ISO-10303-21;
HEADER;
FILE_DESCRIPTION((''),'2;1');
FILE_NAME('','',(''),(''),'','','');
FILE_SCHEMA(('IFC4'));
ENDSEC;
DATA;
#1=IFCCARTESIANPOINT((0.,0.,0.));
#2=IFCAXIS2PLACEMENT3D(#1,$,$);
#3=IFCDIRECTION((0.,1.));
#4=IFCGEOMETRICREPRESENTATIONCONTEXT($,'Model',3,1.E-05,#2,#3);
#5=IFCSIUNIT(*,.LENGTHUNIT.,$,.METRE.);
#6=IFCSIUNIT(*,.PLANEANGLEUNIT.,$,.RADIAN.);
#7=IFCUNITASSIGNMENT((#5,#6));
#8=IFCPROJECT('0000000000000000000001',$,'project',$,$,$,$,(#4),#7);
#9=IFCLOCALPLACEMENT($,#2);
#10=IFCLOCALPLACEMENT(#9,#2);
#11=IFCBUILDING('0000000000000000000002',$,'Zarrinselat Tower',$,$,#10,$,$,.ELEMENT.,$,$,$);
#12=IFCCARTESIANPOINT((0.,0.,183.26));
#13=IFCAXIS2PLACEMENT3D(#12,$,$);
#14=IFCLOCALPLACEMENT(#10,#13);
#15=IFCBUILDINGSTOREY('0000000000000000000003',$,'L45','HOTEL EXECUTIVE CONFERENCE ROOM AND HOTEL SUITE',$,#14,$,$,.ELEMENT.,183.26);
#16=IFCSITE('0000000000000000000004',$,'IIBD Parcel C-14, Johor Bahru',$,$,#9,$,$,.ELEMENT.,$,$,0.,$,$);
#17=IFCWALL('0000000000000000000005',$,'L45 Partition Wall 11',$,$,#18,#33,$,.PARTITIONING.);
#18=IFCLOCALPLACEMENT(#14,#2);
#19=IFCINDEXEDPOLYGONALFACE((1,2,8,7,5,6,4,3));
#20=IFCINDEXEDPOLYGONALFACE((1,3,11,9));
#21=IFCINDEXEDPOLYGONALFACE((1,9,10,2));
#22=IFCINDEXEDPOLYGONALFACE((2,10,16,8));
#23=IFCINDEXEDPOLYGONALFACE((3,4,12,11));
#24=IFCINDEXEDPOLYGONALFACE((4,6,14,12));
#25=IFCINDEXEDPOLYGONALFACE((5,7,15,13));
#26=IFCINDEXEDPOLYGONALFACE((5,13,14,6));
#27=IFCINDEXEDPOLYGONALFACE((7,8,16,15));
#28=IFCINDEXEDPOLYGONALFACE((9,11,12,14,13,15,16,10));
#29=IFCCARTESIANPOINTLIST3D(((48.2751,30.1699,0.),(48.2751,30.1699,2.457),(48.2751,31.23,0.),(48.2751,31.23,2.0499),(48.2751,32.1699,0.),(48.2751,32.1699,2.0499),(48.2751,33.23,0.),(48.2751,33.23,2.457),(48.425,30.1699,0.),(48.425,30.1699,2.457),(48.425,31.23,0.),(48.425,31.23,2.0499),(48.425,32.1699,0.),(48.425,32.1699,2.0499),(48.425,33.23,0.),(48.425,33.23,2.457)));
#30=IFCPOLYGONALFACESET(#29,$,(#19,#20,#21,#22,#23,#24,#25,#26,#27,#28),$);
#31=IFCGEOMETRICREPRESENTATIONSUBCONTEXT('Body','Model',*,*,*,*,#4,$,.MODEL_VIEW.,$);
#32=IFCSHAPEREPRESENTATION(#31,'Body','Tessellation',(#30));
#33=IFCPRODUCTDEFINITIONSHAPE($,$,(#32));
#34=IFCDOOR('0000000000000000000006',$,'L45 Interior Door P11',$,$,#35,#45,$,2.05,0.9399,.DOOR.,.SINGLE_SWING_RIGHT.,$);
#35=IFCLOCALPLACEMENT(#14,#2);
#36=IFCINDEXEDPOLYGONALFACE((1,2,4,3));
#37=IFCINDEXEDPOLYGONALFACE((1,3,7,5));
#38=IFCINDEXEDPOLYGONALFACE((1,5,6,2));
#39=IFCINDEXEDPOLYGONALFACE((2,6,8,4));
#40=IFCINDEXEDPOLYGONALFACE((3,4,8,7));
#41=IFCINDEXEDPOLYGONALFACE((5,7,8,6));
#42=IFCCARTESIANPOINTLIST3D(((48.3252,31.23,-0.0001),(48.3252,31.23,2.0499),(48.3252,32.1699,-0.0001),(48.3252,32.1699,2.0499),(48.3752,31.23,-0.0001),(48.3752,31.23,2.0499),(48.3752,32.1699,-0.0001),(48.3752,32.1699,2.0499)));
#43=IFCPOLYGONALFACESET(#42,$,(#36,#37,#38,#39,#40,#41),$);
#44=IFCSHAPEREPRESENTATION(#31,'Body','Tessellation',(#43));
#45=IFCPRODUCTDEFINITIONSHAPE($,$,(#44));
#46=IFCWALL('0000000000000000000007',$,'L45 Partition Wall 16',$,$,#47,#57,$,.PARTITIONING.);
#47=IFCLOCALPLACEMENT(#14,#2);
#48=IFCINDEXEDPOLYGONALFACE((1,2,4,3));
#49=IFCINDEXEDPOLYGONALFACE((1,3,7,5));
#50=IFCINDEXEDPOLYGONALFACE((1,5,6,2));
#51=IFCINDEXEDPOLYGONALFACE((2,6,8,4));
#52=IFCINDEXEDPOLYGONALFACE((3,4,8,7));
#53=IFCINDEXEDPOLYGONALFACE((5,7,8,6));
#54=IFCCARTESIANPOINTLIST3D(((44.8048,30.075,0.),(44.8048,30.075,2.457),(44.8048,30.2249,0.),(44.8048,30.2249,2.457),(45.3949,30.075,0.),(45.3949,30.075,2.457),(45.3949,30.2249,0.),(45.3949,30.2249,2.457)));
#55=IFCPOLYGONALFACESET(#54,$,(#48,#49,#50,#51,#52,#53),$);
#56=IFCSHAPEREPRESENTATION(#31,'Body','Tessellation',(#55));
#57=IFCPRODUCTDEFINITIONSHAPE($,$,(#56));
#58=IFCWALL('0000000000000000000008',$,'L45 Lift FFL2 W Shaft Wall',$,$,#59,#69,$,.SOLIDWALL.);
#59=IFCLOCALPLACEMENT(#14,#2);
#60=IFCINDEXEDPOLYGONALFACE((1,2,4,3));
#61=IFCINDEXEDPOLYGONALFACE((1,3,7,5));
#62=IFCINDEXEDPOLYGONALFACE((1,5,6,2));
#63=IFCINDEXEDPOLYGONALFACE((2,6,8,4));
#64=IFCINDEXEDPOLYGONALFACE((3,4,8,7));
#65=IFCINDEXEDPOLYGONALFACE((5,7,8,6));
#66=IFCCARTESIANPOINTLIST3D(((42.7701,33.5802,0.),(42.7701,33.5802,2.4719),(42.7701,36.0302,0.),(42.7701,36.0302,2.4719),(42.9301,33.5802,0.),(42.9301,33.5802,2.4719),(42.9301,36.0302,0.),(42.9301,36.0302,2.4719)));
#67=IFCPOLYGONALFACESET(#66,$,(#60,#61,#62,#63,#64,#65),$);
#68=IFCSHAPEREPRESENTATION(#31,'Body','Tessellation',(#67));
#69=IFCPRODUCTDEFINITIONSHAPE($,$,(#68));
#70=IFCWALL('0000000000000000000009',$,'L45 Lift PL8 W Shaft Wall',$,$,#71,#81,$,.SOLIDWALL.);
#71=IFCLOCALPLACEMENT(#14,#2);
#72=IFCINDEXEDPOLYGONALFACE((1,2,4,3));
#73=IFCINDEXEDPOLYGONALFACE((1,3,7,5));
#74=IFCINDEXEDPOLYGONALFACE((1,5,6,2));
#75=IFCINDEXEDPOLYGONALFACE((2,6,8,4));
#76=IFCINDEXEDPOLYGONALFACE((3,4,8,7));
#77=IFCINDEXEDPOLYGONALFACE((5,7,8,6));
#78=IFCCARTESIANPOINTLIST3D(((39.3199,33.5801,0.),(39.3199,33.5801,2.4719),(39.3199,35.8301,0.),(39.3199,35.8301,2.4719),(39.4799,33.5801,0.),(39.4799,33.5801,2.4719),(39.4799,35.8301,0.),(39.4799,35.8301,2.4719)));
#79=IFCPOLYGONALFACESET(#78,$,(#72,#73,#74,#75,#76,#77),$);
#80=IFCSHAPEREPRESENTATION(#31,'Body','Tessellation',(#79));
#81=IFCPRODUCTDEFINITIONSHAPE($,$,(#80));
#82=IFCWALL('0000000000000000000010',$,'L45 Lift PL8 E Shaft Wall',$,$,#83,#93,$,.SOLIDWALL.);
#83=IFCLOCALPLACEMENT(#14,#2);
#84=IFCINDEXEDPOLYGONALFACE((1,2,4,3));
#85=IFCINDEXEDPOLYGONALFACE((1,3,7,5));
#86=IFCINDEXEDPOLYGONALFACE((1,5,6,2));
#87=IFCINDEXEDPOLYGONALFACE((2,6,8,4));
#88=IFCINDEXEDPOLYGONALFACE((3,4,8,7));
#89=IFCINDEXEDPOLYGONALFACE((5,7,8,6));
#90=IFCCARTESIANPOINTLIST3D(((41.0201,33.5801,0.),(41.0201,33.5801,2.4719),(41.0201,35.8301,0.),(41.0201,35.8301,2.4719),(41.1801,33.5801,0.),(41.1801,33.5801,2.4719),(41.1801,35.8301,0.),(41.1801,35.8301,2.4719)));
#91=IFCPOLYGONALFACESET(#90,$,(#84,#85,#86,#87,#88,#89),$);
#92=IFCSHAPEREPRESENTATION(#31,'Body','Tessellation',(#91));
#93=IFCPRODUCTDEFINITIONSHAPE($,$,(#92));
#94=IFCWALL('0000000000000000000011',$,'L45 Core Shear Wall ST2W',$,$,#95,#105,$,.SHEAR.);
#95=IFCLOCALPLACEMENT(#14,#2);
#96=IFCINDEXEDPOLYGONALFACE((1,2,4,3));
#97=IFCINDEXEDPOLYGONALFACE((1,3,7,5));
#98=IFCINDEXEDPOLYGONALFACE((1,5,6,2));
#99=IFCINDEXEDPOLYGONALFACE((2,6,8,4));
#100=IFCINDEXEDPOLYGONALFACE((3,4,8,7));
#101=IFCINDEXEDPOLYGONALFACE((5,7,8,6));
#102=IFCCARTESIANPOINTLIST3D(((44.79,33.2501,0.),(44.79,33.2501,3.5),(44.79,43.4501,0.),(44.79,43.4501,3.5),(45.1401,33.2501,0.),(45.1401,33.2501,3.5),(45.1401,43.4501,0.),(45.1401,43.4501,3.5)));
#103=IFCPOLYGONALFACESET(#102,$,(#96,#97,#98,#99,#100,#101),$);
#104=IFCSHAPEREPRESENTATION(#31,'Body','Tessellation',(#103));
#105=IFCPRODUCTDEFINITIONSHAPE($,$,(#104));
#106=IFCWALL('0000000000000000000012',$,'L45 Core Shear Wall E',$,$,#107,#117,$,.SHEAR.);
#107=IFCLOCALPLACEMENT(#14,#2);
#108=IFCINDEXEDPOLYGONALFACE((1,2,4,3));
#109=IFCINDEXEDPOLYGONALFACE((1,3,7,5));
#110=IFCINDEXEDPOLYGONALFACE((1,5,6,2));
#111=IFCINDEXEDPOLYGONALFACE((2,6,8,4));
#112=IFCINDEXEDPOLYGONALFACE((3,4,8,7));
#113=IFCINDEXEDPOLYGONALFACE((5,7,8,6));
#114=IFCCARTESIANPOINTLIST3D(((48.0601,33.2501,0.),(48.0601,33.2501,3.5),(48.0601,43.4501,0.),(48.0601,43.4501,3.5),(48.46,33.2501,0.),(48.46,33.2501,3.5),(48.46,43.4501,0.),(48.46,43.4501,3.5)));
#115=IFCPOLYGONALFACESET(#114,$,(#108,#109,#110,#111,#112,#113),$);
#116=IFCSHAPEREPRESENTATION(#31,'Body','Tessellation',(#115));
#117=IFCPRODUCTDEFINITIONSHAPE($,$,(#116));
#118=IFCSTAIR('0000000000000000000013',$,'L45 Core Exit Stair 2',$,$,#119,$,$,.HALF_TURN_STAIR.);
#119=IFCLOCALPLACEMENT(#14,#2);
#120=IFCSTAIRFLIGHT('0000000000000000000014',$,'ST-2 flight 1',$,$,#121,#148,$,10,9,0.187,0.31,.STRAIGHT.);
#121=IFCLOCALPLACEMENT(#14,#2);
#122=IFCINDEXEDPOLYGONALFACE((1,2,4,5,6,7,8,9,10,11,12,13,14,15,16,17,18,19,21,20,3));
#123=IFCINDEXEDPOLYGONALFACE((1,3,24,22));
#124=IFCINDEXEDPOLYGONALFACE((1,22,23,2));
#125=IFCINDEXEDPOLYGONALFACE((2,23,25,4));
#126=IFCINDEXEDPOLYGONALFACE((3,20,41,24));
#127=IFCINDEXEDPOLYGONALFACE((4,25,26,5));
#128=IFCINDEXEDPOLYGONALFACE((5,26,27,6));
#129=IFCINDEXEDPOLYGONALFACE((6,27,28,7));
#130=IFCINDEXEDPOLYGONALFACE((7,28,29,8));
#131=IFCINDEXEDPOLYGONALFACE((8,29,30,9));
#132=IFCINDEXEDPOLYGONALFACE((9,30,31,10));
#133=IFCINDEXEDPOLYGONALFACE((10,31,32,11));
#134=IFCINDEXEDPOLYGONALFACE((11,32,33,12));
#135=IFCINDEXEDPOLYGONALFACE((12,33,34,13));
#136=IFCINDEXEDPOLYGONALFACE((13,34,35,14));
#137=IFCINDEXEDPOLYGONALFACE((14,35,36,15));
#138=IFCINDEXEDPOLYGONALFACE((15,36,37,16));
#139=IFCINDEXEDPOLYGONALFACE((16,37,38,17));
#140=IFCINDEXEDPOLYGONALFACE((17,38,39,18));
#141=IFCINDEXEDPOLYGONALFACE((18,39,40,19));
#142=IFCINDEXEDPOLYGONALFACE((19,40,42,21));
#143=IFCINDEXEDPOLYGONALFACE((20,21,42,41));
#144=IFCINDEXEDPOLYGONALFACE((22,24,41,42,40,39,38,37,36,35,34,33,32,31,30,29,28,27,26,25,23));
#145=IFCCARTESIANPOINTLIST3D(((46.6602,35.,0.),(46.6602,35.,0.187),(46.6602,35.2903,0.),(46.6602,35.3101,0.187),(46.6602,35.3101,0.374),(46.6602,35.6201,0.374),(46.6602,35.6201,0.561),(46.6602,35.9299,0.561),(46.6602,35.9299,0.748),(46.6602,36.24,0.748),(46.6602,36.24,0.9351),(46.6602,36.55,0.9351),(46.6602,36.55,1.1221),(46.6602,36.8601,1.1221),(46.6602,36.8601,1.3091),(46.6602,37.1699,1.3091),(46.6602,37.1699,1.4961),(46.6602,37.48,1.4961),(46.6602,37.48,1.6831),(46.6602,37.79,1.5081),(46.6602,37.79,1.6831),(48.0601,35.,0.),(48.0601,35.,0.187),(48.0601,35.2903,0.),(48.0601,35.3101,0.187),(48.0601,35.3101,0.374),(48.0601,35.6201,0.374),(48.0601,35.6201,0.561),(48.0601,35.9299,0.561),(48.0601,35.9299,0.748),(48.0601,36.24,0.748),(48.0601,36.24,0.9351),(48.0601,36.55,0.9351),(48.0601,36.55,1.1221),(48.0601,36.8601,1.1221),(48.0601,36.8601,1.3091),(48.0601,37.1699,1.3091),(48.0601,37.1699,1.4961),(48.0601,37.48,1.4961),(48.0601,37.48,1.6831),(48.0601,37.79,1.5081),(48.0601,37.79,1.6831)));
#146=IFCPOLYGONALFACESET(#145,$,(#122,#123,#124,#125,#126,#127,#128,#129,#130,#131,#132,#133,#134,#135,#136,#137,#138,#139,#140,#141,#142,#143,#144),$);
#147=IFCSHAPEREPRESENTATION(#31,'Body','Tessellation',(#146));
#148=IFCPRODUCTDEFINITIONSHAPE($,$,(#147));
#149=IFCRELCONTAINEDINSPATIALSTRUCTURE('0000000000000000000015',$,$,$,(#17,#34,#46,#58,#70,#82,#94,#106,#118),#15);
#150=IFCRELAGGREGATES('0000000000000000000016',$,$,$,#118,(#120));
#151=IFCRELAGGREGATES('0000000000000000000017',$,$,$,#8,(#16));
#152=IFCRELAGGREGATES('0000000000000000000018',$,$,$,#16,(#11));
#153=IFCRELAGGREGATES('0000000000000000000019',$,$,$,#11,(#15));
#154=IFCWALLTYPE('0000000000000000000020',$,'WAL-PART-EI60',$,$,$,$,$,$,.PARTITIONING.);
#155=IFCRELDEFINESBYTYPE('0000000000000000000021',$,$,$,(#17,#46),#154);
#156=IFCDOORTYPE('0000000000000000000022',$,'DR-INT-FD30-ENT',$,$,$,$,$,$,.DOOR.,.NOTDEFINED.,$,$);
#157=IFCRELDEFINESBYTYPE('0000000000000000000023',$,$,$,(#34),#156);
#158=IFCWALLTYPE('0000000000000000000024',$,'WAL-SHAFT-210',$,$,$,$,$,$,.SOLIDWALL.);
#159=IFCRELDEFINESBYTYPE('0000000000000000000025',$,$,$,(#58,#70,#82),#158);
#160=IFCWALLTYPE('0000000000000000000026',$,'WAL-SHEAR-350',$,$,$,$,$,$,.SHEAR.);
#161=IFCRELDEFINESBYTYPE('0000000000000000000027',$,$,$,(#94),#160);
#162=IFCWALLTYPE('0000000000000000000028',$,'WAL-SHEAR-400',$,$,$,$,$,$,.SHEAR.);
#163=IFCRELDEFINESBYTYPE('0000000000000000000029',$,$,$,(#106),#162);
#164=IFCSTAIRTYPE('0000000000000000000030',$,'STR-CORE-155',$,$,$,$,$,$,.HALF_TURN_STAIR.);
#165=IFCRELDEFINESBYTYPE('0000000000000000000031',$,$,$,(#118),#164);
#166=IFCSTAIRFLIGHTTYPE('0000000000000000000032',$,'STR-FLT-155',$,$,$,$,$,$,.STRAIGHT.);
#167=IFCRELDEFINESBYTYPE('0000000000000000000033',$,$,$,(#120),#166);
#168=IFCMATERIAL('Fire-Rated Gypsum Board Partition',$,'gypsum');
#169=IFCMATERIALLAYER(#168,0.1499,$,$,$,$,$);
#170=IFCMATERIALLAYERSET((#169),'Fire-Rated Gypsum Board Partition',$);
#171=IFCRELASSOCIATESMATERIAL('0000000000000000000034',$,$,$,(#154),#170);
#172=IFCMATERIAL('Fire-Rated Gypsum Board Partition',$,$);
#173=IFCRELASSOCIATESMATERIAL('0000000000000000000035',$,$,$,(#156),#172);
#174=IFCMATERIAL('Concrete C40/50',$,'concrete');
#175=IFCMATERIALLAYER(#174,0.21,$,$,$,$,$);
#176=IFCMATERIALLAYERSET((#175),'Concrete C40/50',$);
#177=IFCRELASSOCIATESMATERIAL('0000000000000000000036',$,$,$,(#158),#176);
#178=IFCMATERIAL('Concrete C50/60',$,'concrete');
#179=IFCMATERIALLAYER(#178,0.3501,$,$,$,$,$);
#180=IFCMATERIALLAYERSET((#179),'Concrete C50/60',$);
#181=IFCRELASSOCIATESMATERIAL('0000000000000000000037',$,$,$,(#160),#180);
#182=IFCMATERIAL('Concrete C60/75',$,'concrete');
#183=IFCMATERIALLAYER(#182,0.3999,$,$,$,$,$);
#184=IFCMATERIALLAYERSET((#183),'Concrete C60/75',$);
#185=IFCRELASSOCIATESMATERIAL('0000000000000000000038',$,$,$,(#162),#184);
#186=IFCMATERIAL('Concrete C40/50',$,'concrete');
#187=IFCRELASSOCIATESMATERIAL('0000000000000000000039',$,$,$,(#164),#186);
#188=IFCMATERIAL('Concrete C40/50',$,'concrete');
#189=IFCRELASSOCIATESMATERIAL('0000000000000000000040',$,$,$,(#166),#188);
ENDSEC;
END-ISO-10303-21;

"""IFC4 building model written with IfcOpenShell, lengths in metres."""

from ifc_helpers import new_model, si_unit, direction, frame, frame_2d, origin, place, context, subcontext, project, spatial, polyline, rectangle, outline, extrude, material, layer, layer_set, type_object, element, fill, aggregate, save


model = new_model("IFC4")

# Units and contexts
model_context = context("Model", 3, precision=1e-05, world=origin(), true_north=direction((0.0, 1.0)))
body_context = subcontext(model_context, "Body", "Model", "MODEL_VIEW")
ifc_project = project(units=[si_unit("LENGTHUNIT", "METRE"), si_unit("PLANEANGLEUNIT", "RADIAN")], contexts=[model_context])

# Site, building, storey
site_placement = place(None, origin())
site = spatial("IfcSite", under=ifc_project, at=site_placement, Name="IIBD Parcel C-14, Johor Bahru", CompositionType="ELEMENT", RefElevation=0.0)
building_placement = place(site_placement, origin())
building = spatial("IfcBuilding", under=site, at=building_placement, Name="Zarrinselat Tower", CompositionType="ELEMENT")
storey_placement = place(building_placement, frame((0.0, 0.0, 183.26)))
storey = spatial("IfcBuildingStorey", under=building, at=storey_placement, Name="L45", Description="HOTEL EXECUTIVE CONFERENCE ROOM AND HOTEL SUITE", CompositionType="ELEMENT", Elevation=183.26)

# Wall, opening, door
ifc_material_1 = material(Name="Fire-Rated Gypsum Board Partition", Category="gypsum")
ifc_layer_1 = layer(ifc_material_1, 0.1499)
ifc_layer_set_1 = layer_set([ifc_layer_1], Name="Fire-Rated Gypsum Board Partition")
wall_type_1 = type_object("IfcWallType", Name="WAL-PART-EI60", PredefinedType="PARTITIONING", material=ifc_layer_set_1)
wall_1_placement = place(storey_placement, frame((48.3501, 30.1699, 0.0), z_axis=(0.0, 0.0, 1.0), x_axis=(0.0, 1.0, 0.0)))
wall_1 = element("IfcWall", 1, at=wall_1_placement, inside=storey, type_object=wall_type_1, Name="L45 Partition Wall 11", PredefinedType="PARTITIONING", context=body_context, shape_type="SweptSolid", body=[
    extrude(rectangle(XDim=3.0601, YDim=0.1499, at=frame_2d((1.53, 0.0))), origin(), (0.0, 0.0, 1.0), 2.457),
])
opening_1_placement = place(wall_1_placement, frame((1.0601, 0.0, 0.0)))
opening_1 = element("IfcOpeningElement", 2, at=opening_1_placement, cuts=wall_1, PredefinedType="OPENING", context=body_context, shape_type="SweptSolid", body=[
    extrude(rectangle(XDim=0.9399, YDim=2.05, at=frame_2d((0.47, 1.0249))), frame((0.0, 0.085, 0.0), z_axis=(0.0, -1.0, 0.0), x_axis=(1.0, 0.0, 0.0)), (0.0, 0.0, 1.0), 0.1699),
])
ifc_material_2 = material(Name="Fire-Rated Gypsum Board Partition")
door_type_1 = type_object("IfcDoorType", Name="DR-INT-FD30-ENT", OperationType="NOTDEFINED", PredefinedType="DOOR", material=ifc_material_2)
door_1_placement = place(opening_1_placement, origin())
door_1 = element("IfcDoor", 3, at=door_1_placement, inside=storey, type_object=door_type_1, Name="L45 Interior Door P11", OperationType="SINGLE_SWING_RIGHT", OverallHeight=2.05, OverallWidth=0.9399, PredefinedType="DOOR", context=body_context, shape_type="SweptSolid", body=[
    extrude(rectangle(XDim=0.9399, YDim=2.05, at=frame_2d((0.47, 1.0249))), frame((0.0, 0.0249, 0.0), z_axis=(0.0, -1.0, 0.0), x_axis=(1.0, 0.0, 0.0)), (0.0, 0.0, 1.0), 0.05),
])
fill(opening_1, door_1)

# Walls
wall_2_placement = place(storey_placement, frame((44.8049, 30.1499, 0.0), z_axis=(0.0, 0.0, 1.0), x_axis=(1.0, 0.0, 0.0)))
element("IfcWall", 4, at=wall_2_placement, inside=storey, type_object=wall_type_1, Name="L45 Partition Wall 16", PredefinedType="PARTITIONING", context=body_context, shape_type="SweptSolid", body=[
    extrude(rectangle(XDim=0.5901, YDim=0.1499, at=frame_2d((0.2949, 0.0))), origin(), (0.0, 0.0, 1.0), 2.457),
])
ifc_material_3 = material(Name="Concrete C40/50", Category="concrete")
ifc_layer_2 = layer(ifc_material_3, 0.21)
ifc_layer_set_2 = layer_set([ifc_layer_2], Name="Concrete C40/50")
wall_type_2 = type_object("IfcWallType", Name="WAL-SHAFT-210", PredefinedType="SOLIDWALL", material=ifc_layer_set_2)
wall_3_placement = place(storey_placement, frame((42.8501, 33.5801, 0.0), z_axis=(0.0, 0.0, 1.0), x_axis=(0.0, 1.0, 0.0)))
element("IfcWall", 5, at=wall_3_placement, inside=storey, type_object=wall_type_2, Name="L45 Lift FFL2 W Shaft Wall", PredefinedType="SOLIDWALL", context=body_context, shape_type="SweptSolid", body=[
    extrude(rectangle(XDim=2.45, YDim=0.1599, at=frame_2d((1.2251, 0.0))), origin(), (0.0, 0.0, 1.0), 2.4719),
])
for number, where, z_axis, x_axis, name in (
    (6, (39.3999, 33.5801, 0.0), (0.0, 0.0, 1.0), (0.0, 1.0, 0.0), "L45 Lift PL8 W Shaft Wall"),
    (7, (41.1001, 33.5801, 0.0), (0.0, 0.0, 1.0), (0.0, 1.0, 0.0), "L45 Lift PL8 E Shaft Wall"),
):
    element("IfcWall", number, at=place(storey_placement, frame(where, z_axis=z_axis, x_axis=x_axis)), inside=storey, type_object=wall_type_2, Name=name, PredefinedType="SOLIDWALL", context=body_context, shape_type="SweptSolid", body=[
        extrude(rectangle(XDim=2.25, YDim=0.1599, at=frame_2d((1.125, 0.0))), origin(), (0.0, 0.0, 1.0), 2.4719),
    ])
ifc_material_4 = material(Name="Concrete C50/60", Category="concrete")
ifc_layer_3 = layer(ifc_material_4, 0.3501)
ifc_layer_set_3 = layer_set([ifc_layer_3], Name="Concrete C50/60")
wall_type_3 = type_object("IfcWallType", Name="WAL-SHEAR-350", PredefinedType="SHEAR", material=ifc_layer_set_3)
wall_4_placement = place(storey_placement, frame((44.9651, 33.25, 0.0), z_axis=(0.0, 0.0, 1.0), x_axis=(0.0, 1.0, 0.0)))
element("IfcWall", 8, at=wall_4_placement, inside=storey, type_object=wall_type_3, Name="L45 Core Shear Wall ST2W", PredefinedType="SHEAR", context=body_context, shape_type="SweptSolid", body=[
    extrude(rectangle(XDim=10.2, YDim=0.3501, at=frame_2d((5.1001, 0.0))), origin(), (0.0, 0.0, 1.0), 3.5),
])
ifc_material_5 = material(Name="Concrete C60/75", Category="concrete")
ifc_layer_4 = layer(ifc_material_5, 0.3999)
ifc_layer_set_4 = layer_set([ifc_layer_4], Name="Concrete C60/75")
wall_type_4 = type_object("IfcWallType", Name="WAL-SHEAR-400", PredefinedType="SHEAR", material=ifc_layer_set_4)
wall_5_placement = place(storey_placement, frame((48.26, 33.25, 0.0), z_axis=(0.0, 0.0, 1.0), x_axis=(0.0, 1.0, 0.0)))
element("IfcWall", 9, at=wall_5_placement, inside=storey, type_object=wall_type_4, Name="L45 Core Shear Wall E", PredefinedType="SHEAR", context=body_context, shape_type="SweptSolid", body=[
    extrude(rectangle(XDim=10.2, YDim=0.3999, at=frame_2d((5.1001, 0.0))), origin(), (0.0, 0.0, 1.0), 3.5),
])

# Stair, stair flight
ifc_material_6 = material(Name="Concrete C40/50", Category="concrete")
stair_type = type_object("IfcStairType", Name="STR-CORE-155", PredefinedType="HALF_TURN_STAIR", material=ifc_material_6)
stair_placement = place(storey_placement, origin())
stair = element("IfcStair", 10, at=stair_placement, inside=storey, type_object=stair_type, Name="L45 Core Exit Stair 2", PredefinedType="HALF_TURN_STAIR")
ifc_material_7 = material(Name="Concrete C40/50", Category="concrete")
stair_flight_type = type_object("IfcStairFlightType", Name="STR-FLT-155", PredefinedType="STRAIGHT", material=ifc_material_7)
stair_flight_placement = place(storey_placement, frame((47.3601, 35.0, 0.0), z_axis=(0.0, 0.0, 1.0), x_axis=(0.0, 1.0, 0.0)))
stair_flight = element("IfcStairFlight", 11, at=stair_flight_placement, type_object=stair_flight_type, Name="ST-2 flight 1", NumberOfRisers=10, NumberOfTreads=9, PredefinedType="STRAIGHT", RiserHeight=0.187, TreadLength=0.31, context=body_context, shape_type="SweptSolid", body=[
    extrude(outline(polyline([(0.0, 0.0), (0.0, 0.187), (0.3101, 0.187), (0.3101, 0.374), (0.6201, 0.374), (0.6201, 0.561), (0.9299, 0.561), (0.9299, 0.748), (1.24, 0.748), (1.24, 0.9351), (1.55, 0.9351), (1.55, 1.1221), (1.8601, 1.1221), (1.8601, 1.3091), (2.1699, 1.3091), (2.1699, 1.4961), (2.48, 1.4961), (2.48, 1.6831), (2.79, 1.6831), (2.79, 1.8701), (2.79, 1.5081), (0.2903, 0.0), (0.0, 0.0)])), frame((0.0, 0.7, 0.0), z_axis=(0.0, -1.0, 0.0), x_axis=(1.0, 0.0, 0.0)), (0.0, 0.0, 1.0), 1.3999),
])
aggregate(stair, [stair_flight])

save(model, "model.ifc")
